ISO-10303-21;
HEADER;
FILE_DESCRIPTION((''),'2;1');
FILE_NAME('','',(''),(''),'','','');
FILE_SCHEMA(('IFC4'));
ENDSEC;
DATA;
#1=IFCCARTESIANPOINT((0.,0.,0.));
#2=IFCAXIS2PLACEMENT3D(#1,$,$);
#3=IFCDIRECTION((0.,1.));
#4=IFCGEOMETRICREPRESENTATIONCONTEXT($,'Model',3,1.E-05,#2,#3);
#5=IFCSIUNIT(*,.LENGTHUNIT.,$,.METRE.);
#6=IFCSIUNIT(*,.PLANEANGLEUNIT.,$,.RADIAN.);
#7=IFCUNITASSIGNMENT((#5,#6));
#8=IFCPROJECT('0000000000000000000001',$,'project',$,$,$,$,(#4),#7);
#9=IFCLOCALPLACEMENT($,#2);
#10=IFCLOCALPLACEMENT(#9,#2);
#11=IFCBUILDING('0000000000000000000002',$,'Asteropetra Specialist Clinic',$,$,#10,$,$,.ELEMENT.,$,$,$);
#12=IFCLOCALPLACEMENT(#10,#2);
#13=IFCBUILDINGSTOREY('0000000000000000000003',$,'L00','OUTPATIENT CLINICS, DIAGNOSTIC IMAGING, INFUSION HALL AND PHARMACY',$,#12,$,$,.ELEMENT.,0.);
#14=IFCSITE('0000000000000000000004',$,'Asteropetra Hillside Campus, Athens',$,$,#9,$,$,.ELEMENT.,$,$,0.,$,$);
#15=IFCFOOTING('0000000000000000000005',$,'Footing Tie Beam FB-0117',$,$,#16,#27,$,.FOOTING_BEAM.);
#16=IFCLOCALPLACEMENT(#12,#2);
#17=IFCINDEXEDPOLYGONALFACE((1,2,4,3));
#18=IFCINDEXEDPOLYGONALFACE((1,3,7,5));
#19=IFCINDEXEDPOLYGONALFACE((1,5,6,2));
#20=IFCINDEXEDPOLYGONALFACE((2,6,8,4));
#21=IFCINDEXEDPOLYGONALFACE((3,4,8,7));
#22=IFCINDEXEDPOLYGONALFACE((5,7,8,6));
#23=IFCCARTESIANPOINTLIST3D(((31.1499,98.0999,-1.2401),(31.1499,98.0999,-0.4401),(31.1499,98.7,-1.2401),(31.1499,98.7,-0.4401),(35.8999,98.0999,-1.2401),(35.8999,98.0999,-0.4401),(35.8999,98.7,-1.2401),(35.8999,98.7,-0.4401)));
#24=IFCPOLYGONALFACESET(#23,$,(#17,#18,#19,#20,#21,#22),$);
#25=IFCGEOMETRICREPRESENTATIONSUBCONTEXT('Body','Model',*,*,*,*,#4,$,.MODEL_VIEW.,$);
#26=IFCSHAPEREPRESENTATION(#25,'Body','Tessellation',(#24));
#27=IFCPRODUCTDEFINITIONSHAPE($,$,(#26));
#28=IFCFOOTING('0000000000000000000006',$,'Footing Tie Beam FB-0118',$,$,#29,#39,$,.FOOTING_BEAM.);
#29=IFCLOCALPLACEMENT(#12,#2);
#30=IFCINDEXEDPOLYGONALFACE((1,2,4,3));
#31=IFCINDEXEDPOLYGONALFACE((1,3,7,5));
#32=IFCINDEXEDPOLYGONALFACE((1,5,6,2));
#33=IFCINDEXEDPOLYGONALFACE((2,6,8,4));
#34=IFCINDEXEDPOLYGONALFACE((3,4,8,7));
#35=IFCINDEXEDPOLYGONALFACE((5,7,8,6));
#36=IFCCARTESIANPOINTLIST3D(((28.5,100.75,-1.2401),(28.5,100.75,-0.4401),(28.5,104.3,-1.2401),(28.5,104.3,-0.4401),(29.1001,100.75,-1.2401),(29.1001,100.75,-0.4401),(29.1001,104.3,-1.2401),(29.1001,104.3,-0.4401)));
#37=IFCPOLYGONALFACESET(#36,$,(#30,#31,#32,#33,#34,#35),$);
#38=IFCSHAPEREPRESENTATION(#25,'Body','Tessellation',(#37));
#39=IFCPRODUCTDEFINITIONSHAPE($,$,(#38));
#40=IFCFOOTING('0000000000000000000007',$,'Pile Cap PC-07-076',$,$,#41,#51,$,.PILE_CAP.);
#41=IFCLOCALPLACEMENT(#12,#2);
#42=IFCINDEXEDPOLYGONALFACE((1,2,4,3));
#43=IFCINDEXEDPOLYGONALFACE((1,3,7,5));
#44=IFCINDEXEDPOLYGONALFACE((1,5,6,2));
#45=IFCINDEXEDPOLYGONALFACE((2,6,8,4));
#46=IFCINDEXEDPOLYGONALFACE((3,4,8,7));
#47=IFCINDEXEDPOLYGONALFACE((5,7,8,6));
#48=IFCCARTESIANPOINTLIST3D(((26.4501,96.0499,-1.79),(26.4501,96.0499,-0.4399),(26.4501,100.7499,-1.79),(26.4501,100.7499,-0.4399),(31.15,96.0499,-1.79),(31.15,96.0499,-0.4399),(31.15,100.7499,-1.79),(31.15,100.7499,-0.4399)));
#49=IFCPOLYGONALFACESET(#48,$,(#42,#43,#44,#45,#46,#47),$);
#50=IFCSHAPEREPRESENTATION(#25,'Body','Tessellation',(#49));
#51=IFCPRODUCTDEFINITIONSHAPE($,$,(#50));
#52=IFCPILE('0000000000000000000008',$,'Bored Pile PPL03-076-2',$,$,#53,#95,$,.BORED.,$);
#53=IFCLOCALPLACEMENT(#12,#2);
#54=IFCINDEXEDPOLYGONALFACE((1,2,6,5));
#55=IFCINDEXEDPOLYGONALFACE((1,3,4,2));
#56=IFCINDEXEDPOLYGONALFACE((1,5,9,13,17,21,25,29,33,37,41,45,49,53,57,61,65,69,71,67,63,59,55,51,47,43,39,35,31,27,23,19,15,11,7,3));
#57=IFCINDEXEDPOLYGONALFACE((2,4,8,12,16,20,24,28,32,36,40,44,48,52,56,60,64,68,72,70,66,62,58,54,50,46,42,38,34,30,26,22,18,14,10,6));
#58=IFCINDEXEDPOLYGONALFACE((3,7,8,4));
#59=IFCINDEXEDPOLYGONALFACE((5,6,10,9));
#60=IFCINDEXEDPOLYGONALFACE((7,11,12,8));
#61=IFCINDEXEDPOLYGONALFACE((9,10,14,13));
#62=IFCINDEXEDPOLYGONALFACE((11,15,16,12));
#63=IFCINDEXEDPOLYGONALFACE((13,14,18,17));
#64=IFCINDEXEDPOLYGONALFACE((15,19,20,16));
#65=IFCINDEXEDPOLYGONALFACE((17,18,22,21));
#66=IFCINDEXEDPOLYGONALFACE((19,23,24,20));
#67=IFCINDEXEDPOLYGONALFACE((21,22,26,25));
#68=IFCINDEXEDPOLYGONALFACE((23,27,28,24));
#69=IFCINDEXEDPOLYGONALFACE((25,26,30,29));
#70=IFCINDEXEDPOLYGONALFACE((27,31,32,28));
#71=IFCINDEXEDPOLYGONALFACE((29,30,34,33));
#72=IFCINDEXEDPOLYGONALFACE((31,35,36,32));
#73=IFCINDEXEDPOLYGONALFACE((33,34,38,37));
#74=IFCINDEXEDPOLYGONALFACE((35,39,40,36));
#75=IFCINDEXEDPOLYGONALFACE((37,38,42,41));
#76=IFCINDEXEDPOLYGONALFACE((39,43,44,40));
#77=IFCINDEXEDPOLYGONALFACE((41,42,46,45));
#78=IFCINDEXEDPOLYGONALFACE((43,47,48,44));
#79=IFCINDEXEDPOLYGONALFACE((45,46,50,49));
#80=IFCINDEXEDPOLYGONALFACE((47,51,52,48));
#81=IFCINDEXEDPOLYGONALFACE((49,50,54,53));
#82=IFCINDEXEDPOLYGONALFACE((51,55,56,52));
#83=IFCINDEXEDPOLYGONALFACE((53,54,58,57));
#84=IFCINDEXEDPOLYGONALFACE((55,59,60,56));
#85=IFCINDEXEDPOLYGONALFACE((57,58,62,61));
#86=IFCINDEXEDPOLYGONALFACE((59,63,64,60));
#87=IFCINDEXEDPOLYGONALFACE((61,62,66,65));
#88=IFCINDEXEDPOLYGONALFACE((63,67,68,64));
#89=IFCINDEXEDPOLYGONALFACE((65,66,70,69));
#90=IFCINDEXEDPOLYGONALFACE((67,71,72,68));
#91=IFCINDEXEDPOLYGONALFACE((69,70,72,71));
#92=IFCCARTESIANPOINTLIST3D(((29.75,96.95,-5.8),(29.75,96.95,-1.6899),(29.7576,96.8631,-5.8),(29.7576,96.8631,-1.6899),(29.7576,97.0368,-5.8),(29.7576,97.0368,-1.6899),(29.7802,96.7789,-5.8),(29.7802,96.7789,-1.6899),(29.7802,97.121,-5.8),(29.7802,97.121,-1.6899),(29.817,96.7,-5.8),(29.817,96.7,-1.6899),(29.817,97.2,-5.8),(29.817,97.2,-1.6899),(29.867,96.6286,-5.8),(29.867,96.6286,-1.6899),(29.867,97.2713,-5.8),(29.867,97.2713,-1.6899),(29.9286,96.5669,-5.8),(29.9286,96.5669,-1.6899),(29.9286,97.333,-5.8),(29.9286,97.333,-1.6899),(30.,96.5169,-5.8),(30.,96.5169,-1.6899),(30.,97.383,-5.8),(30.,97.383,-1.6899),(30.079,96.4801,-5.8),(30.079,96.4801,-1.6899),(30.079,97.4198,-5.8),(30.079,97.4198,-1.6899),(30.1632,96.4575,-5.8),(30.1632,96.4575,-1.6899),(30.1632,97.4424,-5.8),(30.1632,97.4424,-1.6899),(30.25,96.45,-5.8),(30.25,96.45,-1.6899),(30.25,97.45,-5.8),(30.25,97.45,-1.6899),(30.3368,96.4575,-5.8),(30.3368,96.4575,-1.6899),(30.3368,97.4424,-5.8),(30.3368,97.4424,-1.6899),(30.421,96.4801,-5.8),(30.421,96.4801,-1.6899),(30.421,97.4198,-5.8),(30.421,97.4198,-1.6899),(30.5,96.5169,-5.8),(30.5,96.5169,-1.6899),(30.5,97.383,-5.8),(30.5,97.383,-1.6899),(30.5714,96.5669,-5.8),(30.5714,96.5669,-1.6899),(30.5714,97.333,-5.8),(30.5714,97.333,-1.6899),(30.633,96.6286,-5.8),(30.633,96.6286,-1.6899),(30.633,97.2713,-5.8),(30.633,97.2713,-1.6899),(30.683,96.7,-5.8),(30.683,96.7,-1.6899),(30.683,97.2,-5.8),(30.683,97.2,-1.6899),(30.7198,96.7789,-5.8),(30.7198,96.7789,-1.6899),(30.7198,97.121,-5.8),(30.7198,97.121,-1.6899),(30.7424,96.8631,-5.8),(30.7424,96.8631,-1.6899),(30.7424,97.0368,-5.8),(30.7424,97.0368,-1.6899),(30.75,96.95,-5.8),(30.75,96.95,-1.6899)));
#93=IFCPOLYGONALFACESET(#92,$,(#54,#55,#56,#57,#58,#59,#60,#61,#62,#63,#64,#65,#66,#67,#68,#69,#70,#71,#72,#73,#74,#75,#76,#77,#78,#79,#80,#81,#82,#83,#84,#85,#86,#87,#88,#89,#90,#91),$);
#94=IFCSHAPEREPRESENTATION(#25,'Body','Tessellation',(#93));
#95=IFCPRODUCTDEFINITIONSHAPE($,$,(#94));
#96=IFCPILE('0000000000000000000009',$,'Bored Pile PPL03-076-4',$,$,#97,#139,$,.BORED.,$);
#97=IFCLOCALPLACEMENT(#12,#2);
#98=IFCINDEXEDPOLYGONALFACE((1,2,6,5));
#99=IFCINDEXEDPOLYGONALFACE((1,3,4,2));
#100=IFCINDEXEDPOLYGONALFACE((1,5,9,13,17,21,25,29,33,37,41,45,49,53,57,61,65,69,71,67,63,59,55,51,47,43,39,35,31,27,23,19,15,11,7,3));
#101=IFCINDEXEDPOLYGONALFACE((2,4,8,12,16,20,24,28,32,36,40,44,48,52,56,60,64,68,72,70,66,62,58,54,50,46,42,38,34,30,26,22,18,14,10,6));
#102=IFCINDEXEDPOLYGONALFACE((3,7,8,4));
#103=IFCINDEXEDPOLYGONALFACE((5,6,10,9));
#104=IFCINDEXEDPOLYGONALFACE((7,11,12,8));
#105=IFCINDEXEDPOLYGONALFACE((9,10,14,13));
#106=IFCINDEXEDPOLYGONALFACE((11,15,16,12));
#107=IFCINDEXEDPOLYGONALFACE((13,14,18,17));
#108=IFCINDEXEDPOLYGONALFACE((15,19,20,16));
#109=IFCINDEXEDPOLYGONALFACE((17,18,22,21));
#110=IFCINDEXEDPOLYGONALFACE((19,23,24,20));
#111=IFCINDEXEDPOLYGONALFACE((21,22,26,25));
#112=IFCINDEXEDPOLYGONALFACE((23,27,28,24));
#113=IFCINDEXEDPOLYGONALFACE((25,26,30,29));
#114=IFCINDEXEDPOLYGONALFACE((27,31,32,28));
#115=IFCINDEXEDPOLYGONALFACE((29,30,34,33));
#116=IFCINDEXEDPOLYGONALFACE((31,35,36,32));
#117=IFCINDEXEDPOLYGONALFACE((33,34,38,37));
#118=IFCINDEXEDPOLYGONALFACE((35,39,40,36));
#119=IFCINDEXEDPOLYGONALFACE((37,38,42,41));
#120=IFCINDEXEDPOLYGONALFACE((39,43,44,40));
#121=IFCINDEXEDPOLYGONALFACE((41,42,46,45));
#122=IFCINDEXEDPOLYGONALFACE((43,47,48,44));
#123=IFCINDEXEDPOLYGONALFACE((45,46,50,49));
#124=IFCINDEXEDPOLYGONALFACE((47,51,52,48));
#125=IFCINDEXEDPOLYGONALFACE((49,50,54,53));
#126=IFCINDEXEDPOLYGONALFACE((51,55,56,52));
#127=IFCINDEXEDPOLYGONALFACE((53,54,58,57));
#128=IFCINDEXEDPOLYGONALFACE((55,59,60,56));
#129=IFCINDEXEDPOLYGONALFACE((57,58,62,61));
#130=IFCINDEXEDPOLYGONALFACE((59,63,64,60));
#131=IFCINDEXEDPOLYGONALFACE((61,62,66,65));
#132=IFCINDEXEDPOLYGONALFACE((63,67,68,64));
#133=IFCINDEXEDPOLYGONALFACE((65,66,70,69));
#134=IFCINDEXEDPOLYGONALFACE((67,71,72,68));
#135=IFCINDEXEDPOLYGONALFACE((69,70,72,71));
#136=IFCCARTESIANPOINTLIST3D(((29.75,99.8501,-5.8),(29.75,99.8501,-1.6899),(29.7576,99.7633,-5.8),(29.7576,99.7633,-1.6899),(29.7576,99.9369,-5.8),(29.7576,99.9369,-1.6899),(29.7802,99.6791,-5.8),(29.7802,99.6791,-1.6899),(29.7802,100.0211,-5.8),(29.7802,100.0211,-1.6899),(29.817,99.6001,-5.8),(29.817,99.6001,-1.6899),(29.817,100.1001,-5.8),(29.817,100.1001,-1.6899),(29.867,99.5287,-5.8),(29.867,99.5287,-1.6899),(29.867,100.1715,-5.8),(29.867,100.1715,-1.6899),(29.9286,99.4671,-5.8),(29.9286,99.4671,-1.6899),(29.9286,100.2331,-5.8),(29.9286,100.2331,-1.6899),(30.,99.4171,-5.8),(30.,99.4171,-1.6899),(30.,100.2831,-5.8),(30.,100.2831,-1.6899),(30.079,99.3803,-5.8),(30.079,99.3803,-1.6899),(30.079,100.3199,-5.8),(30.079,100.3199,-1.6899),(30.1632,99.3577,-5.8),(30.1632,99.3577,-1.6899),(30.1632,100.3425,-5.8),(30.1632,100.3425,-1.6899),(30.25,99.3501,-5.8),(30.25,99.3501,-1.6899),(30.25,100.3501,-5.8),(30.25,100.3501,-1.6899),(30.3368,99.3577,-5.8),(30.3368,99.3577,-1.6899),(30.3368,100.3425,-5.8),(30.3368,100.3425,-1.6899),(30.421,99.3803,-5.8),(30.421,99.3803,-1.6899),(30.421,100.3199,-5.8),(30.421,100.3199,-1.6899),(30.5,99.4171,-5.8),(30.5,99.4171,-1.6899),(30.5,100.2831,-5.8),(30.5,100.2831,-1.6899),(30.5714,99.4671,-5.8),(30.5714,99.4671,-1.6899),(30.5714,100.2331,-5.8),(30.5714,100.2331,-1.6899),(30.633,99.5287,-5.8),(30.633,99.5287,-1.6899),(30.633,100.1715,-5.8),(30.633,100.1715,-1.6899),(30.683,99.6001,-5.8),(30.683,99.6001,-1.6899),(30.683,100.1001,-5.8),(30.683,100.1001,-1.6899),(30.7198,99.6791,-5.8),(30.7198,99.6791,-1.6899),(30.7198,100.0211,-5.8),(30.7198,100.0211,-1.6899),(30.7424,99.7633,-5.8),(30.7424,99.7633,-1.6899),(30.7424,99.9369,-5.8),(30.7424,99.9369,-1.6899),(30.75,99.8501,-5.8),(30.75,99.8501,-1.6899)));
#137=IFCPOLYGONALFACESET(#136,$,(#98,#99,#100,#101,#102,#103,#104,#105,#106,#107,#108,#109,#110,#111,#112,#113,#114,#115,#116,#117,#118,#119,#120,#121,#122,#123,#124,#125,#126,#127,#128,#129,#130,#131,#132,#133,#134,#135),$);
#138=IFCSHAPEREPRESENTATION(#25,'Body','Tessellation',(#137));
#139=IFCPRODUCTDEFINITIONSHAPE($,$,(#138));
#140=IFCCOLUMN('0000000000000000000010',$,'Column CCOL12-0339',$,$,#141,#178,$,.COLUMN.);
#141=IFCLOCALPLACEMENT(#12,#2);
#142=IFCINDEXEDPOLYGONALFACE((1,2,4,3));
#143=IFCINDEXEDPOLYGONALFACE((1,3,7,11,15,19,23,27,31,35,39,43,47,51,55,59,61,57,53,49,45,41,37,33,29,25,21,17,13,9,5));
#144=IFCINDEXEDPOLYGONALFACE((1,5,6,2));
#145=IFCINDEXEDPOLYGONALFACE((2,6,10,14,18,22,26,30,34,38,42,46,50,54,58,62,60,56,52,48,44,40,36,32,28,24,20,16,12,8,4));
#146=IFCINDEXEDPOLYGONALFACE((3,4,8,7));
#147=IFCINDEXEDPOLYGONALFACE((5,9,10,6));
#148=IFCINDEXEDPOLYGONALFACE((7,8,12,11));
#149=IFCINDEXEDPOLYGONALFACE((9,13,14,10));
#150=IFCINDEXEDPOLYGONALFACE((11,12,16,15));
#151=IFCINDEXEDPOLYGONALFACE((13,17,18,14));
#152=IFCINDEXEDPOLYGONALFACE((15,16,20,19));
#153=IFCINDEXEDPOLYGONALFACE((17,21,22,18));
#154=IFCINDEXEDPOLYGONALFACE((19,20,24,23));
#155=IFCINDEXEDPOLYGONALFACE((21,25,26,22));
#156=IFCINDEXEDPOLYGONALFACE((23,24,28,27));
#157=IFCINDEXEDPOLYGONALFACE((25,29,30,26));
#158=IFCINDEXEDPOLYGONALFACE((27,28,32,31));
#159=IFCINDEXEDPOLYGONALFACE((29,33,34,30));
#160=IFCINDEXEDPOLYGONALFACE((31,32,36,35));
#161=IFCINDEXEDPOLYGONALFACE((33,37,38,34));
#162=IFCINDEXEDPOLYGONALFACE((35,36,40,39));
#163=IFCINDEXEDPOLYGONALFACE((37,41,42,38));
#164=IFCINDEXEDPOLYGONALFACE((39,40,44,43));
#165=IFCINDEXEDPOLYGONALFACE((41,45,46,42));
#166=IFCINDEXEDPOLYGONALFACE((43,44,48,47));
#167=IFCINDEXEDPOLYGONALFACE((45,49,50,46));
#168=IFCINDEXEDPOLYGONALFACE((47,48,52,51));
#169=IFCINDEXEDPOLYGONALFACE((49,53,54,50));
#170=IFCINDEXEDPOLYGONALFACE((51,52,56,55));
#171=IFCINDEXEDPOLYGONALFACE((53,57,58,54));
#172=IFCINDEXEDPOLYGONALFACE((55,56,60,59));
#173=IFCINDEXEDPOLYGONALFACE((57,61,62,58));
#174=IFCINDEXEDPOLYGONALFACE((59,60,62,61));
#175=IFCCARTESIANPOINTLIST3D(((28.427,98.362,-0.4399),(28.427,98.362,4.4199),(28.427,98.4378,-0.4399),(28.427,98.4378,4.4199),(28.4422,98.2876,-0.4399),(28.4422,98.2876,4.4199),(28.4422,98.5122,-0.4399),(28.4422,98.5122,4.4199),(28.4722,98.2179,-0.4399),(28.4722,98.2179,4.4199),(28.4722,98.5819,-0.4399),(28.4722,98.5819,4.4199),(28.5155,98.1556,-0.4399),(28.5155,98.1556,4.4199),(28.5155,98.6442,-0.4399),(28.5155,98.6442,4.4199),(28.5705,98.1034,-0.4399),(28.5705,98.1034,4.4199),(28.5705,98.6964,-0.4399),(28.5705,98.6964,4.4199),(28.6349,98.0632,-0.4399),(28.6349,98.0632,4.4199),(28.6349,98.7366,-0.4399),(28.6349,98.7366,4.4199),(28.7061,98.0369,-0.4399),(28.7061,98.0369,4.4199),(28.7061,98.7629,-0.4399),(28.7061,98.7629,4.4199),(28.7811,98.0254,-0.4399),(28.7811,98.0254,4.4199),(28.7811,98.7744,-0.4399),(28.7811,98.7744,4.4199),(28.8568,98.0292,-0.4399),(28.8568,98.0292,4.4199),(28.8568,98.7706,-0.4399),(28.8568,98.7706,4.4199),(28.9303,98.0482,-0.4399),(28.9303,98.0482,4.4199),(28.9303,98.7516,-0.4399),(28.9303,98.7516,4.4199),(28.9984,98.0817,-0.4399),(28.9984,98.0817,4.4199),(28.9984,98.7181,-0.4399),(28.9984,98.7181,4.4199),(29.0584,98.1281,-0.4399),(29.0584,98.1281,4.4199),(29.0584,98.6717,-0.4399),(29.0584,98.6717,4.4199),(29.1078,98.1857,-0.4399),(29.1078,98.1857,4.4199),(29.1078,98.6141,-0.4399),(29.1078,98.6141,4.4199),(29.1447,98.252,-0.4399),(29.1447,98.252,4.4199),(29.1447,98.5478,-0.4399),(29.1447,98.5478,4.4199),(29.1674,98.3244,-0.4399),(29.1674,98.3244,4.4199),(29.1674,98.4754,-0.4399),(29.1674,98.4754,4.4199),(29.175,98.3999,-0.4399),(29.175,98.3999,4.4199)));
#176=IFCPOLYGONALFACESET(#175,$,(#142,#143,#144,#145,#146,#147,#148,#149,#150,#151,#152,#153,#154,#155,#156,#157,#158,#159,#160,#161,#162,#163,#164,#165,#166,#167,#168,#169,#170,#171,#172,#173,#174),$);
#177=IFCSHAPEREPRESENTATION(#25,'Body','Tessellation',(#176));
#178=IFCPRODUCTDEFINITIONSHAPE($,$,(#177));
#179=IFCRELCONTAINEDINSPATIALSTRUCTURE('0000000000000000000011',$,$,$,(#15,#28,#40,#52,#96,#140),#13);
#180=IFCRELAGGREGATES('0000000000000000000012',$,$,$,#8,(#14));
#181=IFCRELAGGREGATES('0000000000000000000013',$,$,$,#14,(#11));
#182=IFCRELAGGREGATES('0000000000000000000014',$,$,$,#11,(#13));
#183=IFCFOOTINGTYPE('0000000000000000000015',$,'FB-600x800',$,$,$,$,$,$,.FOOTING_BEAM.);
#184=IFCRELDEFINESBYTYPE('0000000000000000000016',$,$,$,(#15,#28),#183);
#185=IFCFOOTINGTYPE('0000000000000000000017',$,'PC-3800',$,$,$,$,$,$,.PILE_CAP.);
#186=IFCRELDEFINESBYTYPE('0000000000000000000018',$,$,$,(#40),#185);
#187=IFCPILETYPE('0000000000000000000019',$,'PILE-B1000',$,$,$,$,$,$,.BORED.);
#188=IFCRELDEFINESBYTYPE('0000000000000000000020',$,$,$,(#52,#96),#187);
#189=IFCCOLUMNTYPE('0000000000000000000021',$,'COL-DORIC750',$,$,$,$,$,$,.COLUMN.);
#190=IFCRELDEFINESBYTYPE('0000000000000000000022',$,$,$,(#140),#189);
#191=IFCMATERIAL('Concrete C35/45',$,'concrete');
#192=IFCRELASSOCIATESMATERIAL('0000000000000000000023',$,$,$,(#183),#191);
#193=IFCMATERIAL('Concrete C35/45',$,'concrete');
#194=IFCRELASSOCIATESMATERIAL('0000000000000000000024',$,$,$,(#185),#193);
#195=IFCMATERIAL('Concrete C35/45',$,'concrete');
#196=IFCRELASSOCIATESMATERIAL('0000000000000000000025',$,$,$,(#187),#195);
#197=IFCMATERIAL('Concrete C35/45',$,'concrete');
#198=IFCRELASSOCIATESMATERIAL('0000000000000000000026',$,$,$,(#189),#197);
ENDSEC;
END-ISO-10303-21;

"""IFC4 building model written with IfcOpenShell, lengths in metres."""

from ifc_helpers import new_model, si_unit, direction, frame, origin, origin_2d, place, context, subcontext, project, spatial, rectangle, circle, extrude, material, material_profile, profile_set, type_object, element, save


model = new_model("IFC4")

# Units and contexts
model_context = context("Model", 3, precision=1e-05, world=origin(), true_north=direction((0.0, 1.0)))
body_context = subcontext(model_context, "Body", "Model", "MODEL_VIEW")
ifc_project = project(units=[si_unit("LENGTHUNIT", "METRE"), si_unit("PLANEANGLEUNIT", "RADIAN")], contexts=[model_context])

# Site, building, storey
site_placement = place(None, origin())
site = spatial("IfcSite", under=ifc_project, at=site_placement, Name="Asteropetra Hillside Campus, Athens", CompositionType="ELEMENT", RefElevation=0.0)
building_placement = place(site_placement, origin())
building = spatial("IfcBuilding", under=site, at=building_placement, Name="Asteropetra Specialist Clinic", CompositionType="ELEMENT")
storey_placement = place(building_placement, origin())
storey = spatial("IfcBuildingStorey", under=building, at=storey_placement, Name="L00", Description="OUTPATIENT CLINICS, DIAGNOSTIC IMAGING, INFUSION HALL AND PHARMACY", CompositionType="ELEMENT", Elevation=0.0)

# Footings
ifc_material_1 = material(Name="Concrete C35/45", Category="concrete")
ifc_material_profile_1 = material_profile(ifc_material_1, rectangle(XDim=0.6001, YDim=0.8, at=origin_2d()), Name="FB 600x800")
ifc_profile_set_1 = profile_set([ifc_material_profile_1], Name="Concrete C35/45")
footing_type_1 = type_object("IfcFootingType", Name="FB-600x800", PredefinedType="FOOTING_BEAM", material=ifc_profile_set_1)
footing_1_placement = place(storey_placement, frame((31.1499, 98.3999, -0.8401), z_axis=(1.0, 0.0, 0.0), x_axis=(0.0, 1.0, 0.0)))
element("IfcFooting", 1, at=footing_1_placement, inside=storey, type_object=footing_type_1, Name="Footing Tie Beam FB-0117", PredefinedType="FOOTING_BEAM", context=body_context, shape_type="SweptSolid", body=[
    extrude(rectangle(XDim=0.6001, YDim=0.8, at=origin_2d()), origin(), (0.0, 0.0, 1.0), 4.75),
])
footing_2_placement = place(storey_placement, frame((28.8, 100.75, -0.8401), z_axis=(0.0, 1.0, 0.0), x_axis=(-1.0, 0.0, 0.0)))
element("IfcFooting", 2, at=footing_2_placement, inside=storey, type_object=footing_type_1, Name="Footing Tie Beam FB-0118", PredefinedType="FOOTING_BEAM", context=body_context, shape_type="SweptSolid", body=[
    extrude(rectangle(XDim=0.6001, YDim=0.8, at=origin_2d()), origin(), (0.0, 0.0, 1.0), 3.55),
])
ifc_material_2 = material(Name="Concrete C35/45", Category="concrete")
footing_type_2 = type_object("IfcFootingType", Name="PC-3800", PredefinedType="PILE_CAP", material=ifc_material_2)
footing_3_placement = place(storey_placement, frame((28.8, 98.3999, -1.79), z_axis=(0.0, 0.0, 1.0), x_axis=(1.0, 0.0, 0.0)))
element("IfcFooting", 3, at=footing_3_placement, inside=storey, type_object=footing_type_2, Name="Pile Cap PC-07-076", PredefinedType="PILE_CAP", context=body_context, shape_type="SweptSolid", body=[
    extrude(rectangle(XDim=4.7, YDim=4.7, at=origin_2d()), origin(), (0.0, 0.0, 1.0), 1.3501),
])

# Piles
ifc_material_3 = material(Name="Concrete C35/45", Category="concrete")
ifc_material_profile_2 = material_profile(ifc_material_3, circle(Radius=0.5, at=origin_2d()), Name="PILE D1000")
ifc_profile_set_2 = profile_set([ifc_material_profile_2], Name="Concrete C35/45")
pile_type = type_object("IfcPileType", Name="PILE-B1000", PredefinedType="BORED", material=ifc_profile_set_2)
for number, where, z_axis, x_axis, name in (
    (4, (30.25, 96.95, -1.6899), (0.0, 0.0, -1.0), (1.0, 0.0, 0.0), "Bored Pile PPL03-076-2"),
    (5, (30.25, 99.8501, -1.6899), (0.0, 0.0, -1.0), (1.0, 0.0, 0.0), "Bored Pile PPL03-076-4"),
):
    element("IfcPile", number, at=place(storey_placement, frame(where, z_axis=z_axis, x_axis=x_axis)), inside=storey, type_object=pile_type, Name=name, PredefinedType="BORED", context=body_context, shape_type="SweptSolid", body=[
        extrude(circle(Radius=0.5, at=origin_2d()), origin(), (0.0, 0.0, 1.0), 4.1101),
    ])

# Column
ifc_material_4 = material(Name="Concrete C35/45", Category="concrete")
ifc_material_profile_3 = material_profile(ifc_material_4, circle(Radius=0.375, at=origin_2d()), Name="RCC D750")
ifc_profile_set_3 = profile_set([ifc_material_profile_3], Name="Concrete C35/45")
column_type = type_object("IfcColumnType", Name="COL-DORIC750", PredefinedType="COLUMN", material=ifc_profile_set_3)
column_placement = place(storey_placement, frame((28.8, 98.3999, -0.4399), z_axis=(0.0, 0.0, 1.0), x_axis=(1.0, 0.0, 0.0)))
element("IfcColumn", 6, at=column_placement, inside=storey, type_object=column_type, Name="Column CCOL12-0339", PredefinedType="COLUMN", context=body_context, shape_type="SweptSolid", body=[
    extrude(circle(Radius=0.375, at=origin_2d()), origin(), (0.0, 0.0, 1.0), 4.8599),
])

save(model, "model.ifc")
